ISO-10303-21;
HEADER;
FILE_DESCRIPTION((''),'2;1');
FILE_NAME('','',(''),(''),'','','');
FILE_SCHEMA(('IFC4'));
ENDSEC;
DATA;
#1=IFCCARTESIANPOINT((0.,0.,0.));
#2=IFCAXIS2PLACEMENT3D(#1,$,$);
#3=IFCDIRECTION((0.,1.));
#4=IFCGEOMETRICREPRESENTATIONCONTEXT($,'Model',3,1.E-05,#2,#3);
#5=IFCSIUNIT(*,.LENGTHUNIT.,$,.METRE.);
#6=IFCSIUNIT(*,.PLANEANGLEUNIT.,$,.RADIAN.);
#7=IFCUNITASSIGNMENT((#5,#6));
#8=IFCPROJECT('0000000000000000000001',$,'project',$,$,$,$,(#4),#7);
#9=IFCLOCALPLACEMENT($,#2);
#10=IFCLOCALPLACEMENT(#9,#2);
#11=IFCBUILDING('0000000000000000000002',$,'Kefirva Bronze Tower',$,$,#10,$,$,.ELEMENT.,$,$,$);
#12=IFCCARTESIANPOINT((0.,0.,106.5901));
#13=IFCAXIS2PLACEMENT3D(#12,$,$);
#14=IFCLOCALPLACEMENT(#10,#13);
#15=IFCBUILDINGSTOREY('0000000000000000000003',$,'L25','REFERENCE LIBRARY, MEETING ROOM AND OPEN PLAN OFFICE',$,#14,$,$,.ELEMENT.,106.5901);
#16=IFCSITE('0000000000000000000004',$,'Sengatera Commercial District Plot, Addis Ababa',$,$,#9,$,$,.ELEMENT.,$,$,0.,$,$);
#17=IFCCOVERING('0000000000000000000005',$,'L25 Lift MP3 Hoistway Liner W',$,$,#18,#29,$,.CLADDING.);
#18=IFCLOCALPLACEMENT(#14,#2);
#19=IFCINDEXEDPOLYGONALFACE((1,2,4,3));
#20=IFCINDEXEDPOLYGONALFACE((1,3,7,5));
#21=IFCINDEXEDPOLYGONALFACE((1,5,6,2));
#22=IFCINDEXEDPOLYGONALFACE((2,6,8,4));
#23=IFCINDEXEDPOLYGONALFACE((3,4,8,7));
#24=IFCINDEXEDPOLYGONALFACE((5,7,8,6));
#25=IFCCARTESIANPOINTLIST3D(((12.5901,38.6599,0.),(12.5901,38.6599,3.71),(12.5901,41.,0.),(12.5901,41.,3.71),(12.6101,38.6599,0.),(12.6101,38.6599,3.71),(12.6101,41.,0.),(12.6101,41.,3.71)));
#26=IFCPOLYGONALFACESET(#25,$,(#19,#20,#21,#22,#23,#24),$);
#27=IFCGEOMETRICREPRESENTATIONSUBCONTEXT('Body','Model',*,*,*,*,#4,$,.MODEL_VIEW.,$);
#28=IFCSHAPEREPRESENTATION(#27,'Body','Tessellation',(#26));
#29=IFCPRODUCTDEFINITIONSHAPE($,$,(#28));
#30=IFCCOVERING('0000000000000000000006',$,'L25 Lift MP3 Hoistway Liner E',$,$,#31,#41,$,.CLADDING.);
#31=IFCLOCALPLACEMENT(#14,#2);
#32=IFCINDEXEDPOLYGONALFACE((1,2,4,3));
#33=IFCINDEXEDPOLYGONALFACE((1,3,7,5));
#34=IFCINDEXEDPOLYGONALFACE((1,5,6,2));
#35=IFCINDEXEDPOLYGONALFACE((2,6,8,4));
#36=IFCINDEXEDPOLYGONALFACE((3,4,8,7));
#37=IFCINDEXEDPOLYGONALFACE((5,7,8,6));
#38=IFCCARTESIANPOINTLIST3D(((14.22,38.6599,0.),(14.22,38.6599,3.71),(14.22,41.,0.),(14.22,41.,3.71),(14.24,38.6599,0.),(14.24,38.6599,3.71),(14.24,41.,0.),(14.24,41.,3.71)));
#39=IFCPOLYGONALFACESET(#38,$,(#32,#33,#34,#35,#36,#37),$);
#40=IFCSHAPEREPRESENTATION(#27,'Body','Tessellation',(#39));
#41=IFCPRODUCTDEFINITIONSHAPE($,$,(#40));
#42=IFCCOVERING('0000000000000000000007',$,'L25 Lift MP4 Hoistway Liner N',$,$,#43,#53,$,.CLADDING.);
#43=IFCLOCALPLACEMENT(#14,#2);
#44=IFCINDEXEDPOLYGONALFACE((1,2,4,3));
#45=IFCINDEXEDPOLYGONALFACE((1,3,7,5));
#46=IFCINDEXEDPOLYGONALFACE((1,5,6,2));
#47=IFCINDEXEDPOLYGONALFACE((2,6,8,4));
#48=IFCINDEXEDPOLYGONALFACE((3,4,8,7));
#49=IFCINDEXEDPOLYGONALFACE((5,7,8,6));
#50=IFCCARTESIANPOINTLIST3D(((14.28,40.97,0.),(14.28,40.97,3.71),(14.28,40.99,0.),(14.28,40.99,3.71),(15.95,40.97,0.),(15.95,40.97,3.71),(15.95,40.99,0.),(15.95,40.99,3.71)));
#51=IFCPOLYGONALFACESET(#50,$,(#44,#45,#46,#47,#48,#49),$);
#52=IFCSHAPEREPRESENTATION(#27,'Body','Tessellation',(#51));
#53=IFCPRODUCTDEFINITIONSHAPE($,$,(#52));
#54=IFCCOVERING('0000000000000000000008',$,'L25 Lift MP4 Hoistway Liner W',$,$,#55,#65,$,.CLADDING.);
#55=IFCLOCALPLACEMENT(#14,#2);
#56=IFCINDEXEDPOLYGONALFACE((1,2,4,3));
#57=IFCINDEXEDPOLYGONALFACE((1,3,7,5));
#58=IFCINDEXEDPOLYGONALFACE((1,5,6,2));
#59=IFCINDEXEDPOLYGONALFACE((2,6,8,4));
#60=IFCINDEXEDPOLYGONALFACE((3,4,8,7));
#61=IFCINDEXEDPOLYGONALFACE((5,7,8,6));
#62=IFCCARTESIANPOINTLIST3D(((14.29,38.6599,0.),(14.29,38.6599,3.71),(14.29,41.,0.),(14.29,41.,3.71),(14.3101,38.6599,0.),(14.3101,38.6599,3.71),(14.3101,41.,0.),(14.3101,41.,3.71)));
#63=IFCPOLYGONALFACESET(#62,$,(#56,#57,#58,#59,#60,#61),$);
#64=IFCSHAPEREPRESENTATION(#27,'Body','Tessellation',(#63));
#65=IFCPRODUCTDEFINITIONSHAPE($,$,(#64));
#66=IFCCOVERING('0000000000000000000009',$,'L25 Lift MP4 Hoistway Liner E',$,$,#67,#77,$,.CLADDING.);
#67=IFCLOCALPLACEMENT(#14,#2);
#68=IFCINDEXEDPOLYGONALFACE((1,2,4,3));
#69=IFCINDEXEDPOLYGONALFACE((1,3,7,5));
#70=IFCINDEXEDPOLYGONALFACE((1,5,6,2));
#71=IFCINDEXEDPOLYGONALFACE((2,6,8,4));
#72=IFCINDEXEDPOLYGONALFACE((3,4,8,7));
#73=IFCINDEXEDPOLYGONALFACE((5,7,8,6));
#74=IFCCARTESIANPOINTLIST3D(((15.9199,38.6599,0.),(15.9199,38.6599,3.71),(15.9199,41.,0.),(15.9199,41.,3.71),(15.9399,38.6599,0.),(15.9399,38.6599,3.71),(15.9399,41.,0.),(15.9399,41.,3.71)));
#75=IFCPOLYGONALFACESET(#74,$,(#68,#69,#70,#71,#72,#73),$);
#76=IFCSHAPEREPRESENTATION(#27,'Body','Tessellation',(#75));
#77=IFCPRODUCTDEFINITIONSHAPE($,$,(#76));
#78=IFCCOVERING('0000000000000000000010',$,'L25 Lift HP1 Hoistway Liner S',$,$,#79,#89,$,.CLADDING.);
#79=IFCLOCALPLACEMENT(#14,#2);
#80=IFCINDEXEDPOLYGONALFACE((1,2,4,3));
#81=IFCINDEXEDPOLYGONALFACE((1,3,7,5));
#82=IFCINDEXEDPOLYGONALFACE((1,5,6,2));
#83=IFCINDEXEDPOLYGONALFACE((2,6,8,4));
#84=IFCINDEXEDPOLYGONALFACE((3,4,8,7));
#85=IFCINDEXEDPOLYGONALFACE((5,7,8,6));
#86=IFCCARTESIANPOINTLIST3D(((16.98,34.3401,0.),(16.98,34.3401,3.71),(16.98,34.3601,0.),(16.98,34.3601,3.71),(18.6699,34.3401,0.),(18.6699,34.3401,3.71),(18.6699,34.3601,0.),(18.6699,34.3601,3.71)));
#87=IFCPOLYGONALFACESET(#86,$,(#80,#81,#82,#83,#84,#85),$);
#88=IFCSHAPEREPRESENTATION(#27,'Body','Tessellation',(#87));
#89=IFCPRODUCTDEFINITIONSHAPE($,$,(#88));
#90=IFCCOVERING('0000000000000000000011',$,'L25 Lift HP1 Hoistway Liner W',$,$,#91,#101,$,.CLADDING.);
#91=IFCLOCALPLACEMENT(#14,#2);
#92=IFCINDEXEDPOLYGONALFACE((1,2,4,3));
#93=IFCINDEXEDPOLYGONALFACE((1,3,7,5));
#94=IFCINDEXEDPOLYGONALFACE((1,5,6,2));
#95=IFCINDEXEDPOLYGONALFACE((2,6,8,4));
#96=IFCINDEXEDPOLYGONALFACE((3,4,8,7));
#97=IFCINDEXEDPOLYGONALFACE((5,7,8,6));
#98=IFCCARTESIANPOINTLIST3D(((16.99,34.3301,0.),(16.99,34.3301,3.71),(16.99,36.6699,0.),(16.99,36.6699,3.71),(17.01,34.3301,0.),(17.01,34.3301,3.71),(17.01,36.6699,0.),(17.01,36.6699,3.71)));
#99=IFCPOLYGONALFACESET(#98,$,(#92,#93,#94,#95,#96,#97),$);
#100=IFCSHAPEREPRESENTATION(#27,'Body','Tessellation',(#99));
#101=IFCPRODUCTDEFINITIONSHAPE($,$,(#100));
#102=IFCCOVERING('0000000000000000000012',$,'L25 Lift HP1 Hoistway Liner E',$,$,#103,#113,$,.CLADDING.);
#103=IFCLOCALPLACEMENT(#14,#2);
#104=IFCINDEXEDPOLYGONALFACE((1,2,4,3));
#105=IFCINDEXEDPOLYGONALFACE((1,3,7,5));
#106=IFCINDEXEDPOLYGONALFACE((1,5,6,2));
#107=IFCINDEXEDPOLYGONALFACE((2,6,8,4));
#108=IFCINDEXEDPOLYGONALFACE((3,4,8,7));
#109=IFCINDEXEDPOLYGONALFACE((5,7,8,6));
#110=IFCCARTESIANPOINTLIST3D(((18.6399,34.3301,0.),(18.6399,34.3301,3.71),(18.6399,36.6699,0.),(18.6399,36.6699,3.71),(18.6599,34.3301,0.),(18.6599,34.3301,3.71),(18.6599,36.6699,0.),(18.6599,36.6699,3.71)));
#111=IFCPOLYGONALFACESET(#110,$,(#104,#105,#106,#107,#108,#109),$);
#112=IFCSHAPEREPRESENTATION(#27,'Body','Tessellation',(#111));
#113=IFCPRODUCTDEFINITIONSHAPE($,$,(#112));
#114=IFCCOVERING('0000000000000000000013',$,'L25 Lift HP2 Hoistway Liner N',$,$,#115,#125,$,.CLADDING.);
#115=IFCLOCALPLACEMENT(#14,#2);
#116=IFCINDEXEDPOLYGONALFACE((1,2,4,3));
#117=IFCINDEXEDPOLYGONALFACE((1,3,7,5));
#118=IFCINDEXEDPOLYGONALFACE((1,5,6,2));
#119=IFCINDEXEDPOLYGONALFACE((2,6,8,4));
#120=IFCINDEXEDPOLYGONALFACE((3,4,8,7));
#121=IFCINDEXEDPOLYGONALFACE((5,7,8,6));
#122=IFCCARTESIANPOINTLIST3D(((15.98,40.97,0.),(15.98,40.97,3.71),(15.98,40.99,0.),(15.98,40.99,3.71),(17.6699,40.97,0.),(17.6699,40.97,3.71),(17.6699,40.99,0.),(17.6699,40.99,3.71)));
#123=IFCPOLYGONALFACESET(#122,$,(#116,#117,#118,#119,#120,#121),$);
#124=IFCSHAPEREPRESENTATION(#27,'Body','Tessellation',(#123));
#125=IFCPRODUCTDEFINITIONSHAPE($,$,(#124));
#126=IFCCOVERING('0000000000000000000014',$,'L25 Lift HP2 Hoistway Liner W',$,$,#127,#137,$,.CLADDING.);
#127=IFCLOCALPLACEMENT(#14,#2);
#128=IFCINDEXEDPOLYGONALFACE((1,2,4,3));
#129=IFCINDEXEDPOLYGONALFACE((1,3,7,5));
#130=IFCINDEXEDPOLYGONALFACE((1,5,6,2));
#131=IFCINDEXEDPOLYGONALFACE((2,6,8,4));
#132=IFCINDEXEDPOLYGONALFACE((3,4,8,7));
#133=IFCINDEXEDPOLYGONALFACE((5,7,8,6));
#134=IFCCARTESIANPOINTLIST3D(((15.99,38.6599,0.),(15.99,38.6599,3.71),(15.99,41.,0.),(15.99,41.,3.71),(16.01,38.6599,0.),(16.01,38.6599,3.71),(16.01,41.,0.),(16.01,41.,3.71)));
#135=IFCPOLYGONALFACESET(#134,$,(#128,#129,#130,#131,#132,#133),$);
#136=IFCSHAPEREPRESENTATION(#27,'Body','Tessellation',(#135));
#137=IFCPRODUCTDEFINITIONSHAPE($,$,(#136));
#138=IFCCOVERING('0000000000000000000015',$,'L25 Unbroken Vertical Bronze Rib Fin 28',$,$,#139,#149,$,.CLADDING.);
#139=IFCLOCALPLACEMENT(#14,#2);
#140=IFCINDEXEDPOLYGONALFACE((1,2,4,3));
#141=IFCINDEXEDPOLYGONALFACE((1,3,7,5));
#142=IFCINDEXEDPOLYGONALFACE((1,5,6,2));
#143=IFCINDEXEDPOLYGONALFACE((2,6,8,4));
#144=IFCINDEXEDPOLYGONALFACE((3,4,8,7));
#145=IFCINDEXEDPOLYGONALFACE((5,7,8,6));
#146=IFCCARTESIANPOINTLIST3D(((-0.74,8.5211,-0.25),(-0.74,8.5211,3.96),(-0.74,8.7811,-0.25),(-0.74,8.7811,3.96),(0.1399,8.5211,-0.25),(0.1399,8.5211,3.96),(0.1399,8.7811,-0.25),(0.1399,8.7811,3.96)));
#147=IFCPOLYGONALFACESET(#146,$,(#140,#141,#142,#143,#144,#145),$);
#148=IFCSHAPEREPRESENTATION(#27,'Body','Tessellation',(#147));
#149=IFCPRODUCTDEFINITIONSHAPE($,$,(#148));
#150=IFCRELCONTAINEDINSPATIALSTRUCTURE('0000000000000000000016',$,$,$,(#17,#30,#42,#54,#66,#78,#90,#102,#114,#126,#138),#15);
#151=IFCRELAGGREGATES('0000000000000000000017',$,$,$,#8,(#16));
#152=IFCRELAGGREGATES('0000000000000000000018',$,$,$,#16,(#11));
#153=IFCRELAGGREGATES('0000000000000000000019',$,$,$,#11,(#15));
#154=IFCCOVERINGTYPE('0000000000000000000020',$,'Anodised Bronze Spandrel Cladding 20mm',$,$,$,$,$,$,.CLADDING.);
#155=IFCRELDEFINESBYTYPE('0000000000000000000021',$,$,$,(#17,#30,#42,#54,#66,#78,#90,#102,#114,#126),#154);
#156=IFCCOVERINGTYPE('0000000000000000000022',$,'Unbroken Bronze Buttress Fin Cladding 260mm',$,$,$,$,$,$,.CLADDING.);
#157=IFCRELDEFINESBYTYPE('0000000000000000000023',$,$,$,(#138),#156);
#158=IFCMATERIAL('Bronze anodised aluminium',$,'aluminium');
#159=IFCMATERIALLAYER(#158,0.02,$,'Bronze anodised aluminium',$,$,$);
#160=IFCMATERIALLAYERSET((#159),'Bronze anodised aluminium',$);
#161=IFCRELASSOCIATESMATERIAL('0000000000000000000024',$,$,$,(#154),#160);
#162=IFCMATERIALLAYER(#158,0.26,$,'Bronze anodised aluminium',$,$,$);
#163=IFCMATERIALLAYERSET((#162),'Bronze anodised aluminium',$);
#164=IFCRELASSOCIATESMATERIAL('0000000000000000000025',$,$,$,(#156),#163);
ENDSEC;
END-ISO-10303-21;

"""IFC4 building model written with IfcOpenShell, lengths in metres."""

from ifc_helpers import new_model, si_unit, direction, frame, origin, origin_2d, place, context, subcontext, project, spatial, polyline, rectangle, outline, extrude, material, layer, layer_set, type_object, element, save


model = new_model("IFC4")

# Units and contexts
model_context = context("Model", 3, precision=1e-05, world=origin(), true_north=direction((0.0, 1.0)))
body_context = subcontext(model_context, "Body", "Model", "MODEL_VIEW")
ifc_project = project(units=[si_unit("LENGTHUNIT", "METRE"), si_unit("PLANEANGLEUNIT", "RADIAN")], contexts=[model_context])

# Site, building, storey
site_placement = place(None, origin())
site = spatial("IfcSite", under=ifc_project, at=site_placement, Name="Sengatera Commercial District Plot, Addis Ababa", CompositionType="ELEMENT", RefElevation=0.0)
building_placement = place(site_placement, origin())
building = spatial("IfcBuilding", under=site, at=building_placement, Name="Kefirva Bronze Tower", CompositionType="ELEMENT")
storey_placement = place(building_placement, frame((0.0, 0.0, 106.5901)))
storey = spatial("IfcBuildingStorey", under=building, at=storey_placement, Name="L25", Description="REFERENCE LIBRARY, MEETING ROOM AND OPEN PLAN OFFICE", CompositionType="ELEMENT", Elevation=106.5901)

# Coverings
ifc_material = material(Name="Bronze anodised aluminium", Category="aluminium")
ifc_layer_1 = layer(ifc_material, 0.02, Name="Bronze anodised aluminium")
ifc_layer_set_1 = layer_set([ifc_layer_1], Name="Bronze anodised aluminium")
covering_type_1 = type_object("IfcCoveringType", Name="Anodised Bronze Spandrel Cladding 20mm", PredefinedType="CLADDING", material=ifc_layer_set_1)
covering_1_placement = place(storey_placement, origin())
element("IfcCovering", 1, at=covering_1_placement, inside=storey, type_object=covering_type_1, Name="L25 Lift MP3 Hoistway Liner W", PredefinedType="CLADDING", context=body_context, shape_type="SweptSolid", body=[
    extrude(outline(polyline([(12.5901, 38.6599), (12.6101, 38.6599), (12.6101, 41.0), (12.5901, 41.0), (12.5901, 38.6599)])), origin(), (0.0, 0.0, 1.0), 3.71),
])
covering_2_placement = place(storey_placement, origin())
element("IfcCovering", 2, at=covering_2_placement, inside=storey, type_object=covering_type_1, Name="L25 Lift MP3 Hoistway Liner E", PredefinedType="CLADDING", context=body_context, shape_type="SweptSolid", body=[
    extrude(outline(polyline([(14.22, 38.6599), (14.24, 38.6599), (14.24, 41.0), (14.22, 41.0), (14.22, 38.6599)])), origin(), (0.0, 0.0, 1.0), 3.71),
])
covering_3_placement = place(storey_placement, origin())
element("IfcCovering", 3, at=covering_3_placement, inside=storey, type_object=covering_type_1, Name="L25 Lift MP4 Hoistway Liner N", PredefinedType="CLADDING", context=body_context, shape_type="SweptSolid", body=[
    extrude(outline(polyline([(14.28, 40.97), (15.95, 40.97), (15.95, 40.99), (14.28, 40.99), (14.28, 40.97)])), origin(), (0.0, 0.0, 1.0), 3.71),
])
covering_4_placement = place(storey_placement, origin())
element("IfcCovering", 4, at=covering_4_placement, inside=storey, type_object=covering_type_1, Name="L25 Lift MP4 Hoistway Liner W", PredefinedType="CLADDING", context=body_context, shape_type="SweptSolid", body=[
    extrude(outline(polyline([(14.29, 38.6599), (14.3101, 38.6599), (14.3101, 41.0), (14.29, 41.0), (14.29, 38.6599)])), origin(), (0.0, 0.0, 1.0), 3.71),
])
covering_5_placement = place(storey_placement, origin())
element("IfcCovering", 5, at=covering_5_placement, inside=storey, type_object=covering_type_1, Name="L25 Lift MP4 Hoistway Liner E", PredefinedType="CLADDING", context=body_context, shape_type="SweptSolid", body=[
    extrude(outline(polyline([(15.9199, 38.6599), (15.9399, 38.6599), (15.9399, 41.0), (15.9199, 41.0), (15.9199, 38.6599)])), origin(), (0.0, 0.0, 1.0), 3.71),
])
covering_6_placement = place(storey_placement, origin())
element("IfcCovering", 6, at=covering_6_placement, inside=storey, type_object=covering_type_1, Name="L25 Lift HP1 Hoistway Liner S", PredefinedType="CLADDING", context=body_context, shape_type="SweptSolid", body=[
    extrude(outline(polyline([(16.98, 34.3401), (18.6699, 34.3401), (18.6699, 34.3601), (16.98, 34.3601), (16.98, 34.3401)])), origin(), (0.0, 0.0, 1.0), 3.71),
])
covering_7_placement = place(storey_placement, origin())
element("IfcCovering", 7, at=covering_7_placement, inside=storey, type_object=covering_type_1, Name="L25 Lift HP1 Hoistway Liner W", PredefinedType="CLADDING", context=body_context, shape_type="SweptSolid", body=[
    extrude(outline(polyline([(16.99, 34.3301), (17.01, 34.3301), (17.01, 36.6699), (16.99, 36.6699), (16.99, 34.3301)])), origin(), (0.0, 0.0, 1.0), 3.71),
])
covering_8_placement = place(storey_placement, origin())
element("IfcCovering", 8, at=covering_8_placement, inside=storey, type_object=covering_type_1, Name="L25 Lift HP1 Hoistway Liner E", PredefinedType="CLADDING", context=body_context, shape_type="SweptSolid", body=[
    extrude(outline(polyline([(18.6399, 34.3301), (18.6599, 34.3301), (18.6599, 36.6699), (18.6399, 36.6699), (18.6399, 34.3301)])), origin(), (0.0, 0.0, 1.0), 3.71),
])
covering_9_placement = place(storey_placement, origin())
element("IfcCovering", 9, at=covering_9_placement, inside=storey, type_object=covering_type_1, Name="L25 Lift HP2 Hoistway Liner N", PredefinedType="CLADDING", context=body_context, shape_type="SweptSolid", body=[
    extrude(outline(polyline([(15.98, 40.97), (17.6699, 40.97), (17.6699, 40.99), (15.98, 40.99), (15.98, 40.97)])), origin(), (0.0, 0.0, 1.0), 3.71),
])
covering_10_placement = place(storey_placement, origin())
element("IfcCovering", 10, at=covering_10_placement, inside=storey, type_object=covering_type_1, Name="L25 Lift HP2 Hoistway Liner W", PredefinedType="CLADDING", context=body_context, shape_type="SweptSolid", body=[
    extrude(outline(polyline([(15.99, 38.6599), (16.01, 38.6599), (16.01, 41.0), (15.99, 41.0), (15.99, 38.6599)])), origin(), (0.0, 0.0, 1.0), 3.71),
])
ifc_layer_2 = layer(ifc_material, 0.26, Name="Bronze anodised aluminium")
ifc_layer_set_2 = layer_set([ifc_layer_2], Name="Bronze anodised aluminium")
covering_type_2 = type_object("IfcCoveringType", Name="Unbroken Bronze Buttress Fin Cladding 260mm", PredefinedType="CLADDING", material=ifc_layer_set_2)
covering_11_placement = place(storey_placement, frame((-0.3, 8.6511, -0.25), z_axis=(0.0, 0.0, 1.0), x_axis=(0.0, -1.0, 0.0)))
element("IfcCovering", 11, at=covering_11_placement, inside=storey, type_object=covering_type_2, Name="L25 Unbroken Vertical Bronze Rib Fin 28", PredefinedType="CLADDING", context=body_context, shape_type="SweptSolid", body=[
    extrude(rectangle(XDim=0.26, YDim=0.8799, at=origin_2d()), origin(), (0.0, 0.0, 1.0), 4.21),
])

save(model, "model.ifc")
